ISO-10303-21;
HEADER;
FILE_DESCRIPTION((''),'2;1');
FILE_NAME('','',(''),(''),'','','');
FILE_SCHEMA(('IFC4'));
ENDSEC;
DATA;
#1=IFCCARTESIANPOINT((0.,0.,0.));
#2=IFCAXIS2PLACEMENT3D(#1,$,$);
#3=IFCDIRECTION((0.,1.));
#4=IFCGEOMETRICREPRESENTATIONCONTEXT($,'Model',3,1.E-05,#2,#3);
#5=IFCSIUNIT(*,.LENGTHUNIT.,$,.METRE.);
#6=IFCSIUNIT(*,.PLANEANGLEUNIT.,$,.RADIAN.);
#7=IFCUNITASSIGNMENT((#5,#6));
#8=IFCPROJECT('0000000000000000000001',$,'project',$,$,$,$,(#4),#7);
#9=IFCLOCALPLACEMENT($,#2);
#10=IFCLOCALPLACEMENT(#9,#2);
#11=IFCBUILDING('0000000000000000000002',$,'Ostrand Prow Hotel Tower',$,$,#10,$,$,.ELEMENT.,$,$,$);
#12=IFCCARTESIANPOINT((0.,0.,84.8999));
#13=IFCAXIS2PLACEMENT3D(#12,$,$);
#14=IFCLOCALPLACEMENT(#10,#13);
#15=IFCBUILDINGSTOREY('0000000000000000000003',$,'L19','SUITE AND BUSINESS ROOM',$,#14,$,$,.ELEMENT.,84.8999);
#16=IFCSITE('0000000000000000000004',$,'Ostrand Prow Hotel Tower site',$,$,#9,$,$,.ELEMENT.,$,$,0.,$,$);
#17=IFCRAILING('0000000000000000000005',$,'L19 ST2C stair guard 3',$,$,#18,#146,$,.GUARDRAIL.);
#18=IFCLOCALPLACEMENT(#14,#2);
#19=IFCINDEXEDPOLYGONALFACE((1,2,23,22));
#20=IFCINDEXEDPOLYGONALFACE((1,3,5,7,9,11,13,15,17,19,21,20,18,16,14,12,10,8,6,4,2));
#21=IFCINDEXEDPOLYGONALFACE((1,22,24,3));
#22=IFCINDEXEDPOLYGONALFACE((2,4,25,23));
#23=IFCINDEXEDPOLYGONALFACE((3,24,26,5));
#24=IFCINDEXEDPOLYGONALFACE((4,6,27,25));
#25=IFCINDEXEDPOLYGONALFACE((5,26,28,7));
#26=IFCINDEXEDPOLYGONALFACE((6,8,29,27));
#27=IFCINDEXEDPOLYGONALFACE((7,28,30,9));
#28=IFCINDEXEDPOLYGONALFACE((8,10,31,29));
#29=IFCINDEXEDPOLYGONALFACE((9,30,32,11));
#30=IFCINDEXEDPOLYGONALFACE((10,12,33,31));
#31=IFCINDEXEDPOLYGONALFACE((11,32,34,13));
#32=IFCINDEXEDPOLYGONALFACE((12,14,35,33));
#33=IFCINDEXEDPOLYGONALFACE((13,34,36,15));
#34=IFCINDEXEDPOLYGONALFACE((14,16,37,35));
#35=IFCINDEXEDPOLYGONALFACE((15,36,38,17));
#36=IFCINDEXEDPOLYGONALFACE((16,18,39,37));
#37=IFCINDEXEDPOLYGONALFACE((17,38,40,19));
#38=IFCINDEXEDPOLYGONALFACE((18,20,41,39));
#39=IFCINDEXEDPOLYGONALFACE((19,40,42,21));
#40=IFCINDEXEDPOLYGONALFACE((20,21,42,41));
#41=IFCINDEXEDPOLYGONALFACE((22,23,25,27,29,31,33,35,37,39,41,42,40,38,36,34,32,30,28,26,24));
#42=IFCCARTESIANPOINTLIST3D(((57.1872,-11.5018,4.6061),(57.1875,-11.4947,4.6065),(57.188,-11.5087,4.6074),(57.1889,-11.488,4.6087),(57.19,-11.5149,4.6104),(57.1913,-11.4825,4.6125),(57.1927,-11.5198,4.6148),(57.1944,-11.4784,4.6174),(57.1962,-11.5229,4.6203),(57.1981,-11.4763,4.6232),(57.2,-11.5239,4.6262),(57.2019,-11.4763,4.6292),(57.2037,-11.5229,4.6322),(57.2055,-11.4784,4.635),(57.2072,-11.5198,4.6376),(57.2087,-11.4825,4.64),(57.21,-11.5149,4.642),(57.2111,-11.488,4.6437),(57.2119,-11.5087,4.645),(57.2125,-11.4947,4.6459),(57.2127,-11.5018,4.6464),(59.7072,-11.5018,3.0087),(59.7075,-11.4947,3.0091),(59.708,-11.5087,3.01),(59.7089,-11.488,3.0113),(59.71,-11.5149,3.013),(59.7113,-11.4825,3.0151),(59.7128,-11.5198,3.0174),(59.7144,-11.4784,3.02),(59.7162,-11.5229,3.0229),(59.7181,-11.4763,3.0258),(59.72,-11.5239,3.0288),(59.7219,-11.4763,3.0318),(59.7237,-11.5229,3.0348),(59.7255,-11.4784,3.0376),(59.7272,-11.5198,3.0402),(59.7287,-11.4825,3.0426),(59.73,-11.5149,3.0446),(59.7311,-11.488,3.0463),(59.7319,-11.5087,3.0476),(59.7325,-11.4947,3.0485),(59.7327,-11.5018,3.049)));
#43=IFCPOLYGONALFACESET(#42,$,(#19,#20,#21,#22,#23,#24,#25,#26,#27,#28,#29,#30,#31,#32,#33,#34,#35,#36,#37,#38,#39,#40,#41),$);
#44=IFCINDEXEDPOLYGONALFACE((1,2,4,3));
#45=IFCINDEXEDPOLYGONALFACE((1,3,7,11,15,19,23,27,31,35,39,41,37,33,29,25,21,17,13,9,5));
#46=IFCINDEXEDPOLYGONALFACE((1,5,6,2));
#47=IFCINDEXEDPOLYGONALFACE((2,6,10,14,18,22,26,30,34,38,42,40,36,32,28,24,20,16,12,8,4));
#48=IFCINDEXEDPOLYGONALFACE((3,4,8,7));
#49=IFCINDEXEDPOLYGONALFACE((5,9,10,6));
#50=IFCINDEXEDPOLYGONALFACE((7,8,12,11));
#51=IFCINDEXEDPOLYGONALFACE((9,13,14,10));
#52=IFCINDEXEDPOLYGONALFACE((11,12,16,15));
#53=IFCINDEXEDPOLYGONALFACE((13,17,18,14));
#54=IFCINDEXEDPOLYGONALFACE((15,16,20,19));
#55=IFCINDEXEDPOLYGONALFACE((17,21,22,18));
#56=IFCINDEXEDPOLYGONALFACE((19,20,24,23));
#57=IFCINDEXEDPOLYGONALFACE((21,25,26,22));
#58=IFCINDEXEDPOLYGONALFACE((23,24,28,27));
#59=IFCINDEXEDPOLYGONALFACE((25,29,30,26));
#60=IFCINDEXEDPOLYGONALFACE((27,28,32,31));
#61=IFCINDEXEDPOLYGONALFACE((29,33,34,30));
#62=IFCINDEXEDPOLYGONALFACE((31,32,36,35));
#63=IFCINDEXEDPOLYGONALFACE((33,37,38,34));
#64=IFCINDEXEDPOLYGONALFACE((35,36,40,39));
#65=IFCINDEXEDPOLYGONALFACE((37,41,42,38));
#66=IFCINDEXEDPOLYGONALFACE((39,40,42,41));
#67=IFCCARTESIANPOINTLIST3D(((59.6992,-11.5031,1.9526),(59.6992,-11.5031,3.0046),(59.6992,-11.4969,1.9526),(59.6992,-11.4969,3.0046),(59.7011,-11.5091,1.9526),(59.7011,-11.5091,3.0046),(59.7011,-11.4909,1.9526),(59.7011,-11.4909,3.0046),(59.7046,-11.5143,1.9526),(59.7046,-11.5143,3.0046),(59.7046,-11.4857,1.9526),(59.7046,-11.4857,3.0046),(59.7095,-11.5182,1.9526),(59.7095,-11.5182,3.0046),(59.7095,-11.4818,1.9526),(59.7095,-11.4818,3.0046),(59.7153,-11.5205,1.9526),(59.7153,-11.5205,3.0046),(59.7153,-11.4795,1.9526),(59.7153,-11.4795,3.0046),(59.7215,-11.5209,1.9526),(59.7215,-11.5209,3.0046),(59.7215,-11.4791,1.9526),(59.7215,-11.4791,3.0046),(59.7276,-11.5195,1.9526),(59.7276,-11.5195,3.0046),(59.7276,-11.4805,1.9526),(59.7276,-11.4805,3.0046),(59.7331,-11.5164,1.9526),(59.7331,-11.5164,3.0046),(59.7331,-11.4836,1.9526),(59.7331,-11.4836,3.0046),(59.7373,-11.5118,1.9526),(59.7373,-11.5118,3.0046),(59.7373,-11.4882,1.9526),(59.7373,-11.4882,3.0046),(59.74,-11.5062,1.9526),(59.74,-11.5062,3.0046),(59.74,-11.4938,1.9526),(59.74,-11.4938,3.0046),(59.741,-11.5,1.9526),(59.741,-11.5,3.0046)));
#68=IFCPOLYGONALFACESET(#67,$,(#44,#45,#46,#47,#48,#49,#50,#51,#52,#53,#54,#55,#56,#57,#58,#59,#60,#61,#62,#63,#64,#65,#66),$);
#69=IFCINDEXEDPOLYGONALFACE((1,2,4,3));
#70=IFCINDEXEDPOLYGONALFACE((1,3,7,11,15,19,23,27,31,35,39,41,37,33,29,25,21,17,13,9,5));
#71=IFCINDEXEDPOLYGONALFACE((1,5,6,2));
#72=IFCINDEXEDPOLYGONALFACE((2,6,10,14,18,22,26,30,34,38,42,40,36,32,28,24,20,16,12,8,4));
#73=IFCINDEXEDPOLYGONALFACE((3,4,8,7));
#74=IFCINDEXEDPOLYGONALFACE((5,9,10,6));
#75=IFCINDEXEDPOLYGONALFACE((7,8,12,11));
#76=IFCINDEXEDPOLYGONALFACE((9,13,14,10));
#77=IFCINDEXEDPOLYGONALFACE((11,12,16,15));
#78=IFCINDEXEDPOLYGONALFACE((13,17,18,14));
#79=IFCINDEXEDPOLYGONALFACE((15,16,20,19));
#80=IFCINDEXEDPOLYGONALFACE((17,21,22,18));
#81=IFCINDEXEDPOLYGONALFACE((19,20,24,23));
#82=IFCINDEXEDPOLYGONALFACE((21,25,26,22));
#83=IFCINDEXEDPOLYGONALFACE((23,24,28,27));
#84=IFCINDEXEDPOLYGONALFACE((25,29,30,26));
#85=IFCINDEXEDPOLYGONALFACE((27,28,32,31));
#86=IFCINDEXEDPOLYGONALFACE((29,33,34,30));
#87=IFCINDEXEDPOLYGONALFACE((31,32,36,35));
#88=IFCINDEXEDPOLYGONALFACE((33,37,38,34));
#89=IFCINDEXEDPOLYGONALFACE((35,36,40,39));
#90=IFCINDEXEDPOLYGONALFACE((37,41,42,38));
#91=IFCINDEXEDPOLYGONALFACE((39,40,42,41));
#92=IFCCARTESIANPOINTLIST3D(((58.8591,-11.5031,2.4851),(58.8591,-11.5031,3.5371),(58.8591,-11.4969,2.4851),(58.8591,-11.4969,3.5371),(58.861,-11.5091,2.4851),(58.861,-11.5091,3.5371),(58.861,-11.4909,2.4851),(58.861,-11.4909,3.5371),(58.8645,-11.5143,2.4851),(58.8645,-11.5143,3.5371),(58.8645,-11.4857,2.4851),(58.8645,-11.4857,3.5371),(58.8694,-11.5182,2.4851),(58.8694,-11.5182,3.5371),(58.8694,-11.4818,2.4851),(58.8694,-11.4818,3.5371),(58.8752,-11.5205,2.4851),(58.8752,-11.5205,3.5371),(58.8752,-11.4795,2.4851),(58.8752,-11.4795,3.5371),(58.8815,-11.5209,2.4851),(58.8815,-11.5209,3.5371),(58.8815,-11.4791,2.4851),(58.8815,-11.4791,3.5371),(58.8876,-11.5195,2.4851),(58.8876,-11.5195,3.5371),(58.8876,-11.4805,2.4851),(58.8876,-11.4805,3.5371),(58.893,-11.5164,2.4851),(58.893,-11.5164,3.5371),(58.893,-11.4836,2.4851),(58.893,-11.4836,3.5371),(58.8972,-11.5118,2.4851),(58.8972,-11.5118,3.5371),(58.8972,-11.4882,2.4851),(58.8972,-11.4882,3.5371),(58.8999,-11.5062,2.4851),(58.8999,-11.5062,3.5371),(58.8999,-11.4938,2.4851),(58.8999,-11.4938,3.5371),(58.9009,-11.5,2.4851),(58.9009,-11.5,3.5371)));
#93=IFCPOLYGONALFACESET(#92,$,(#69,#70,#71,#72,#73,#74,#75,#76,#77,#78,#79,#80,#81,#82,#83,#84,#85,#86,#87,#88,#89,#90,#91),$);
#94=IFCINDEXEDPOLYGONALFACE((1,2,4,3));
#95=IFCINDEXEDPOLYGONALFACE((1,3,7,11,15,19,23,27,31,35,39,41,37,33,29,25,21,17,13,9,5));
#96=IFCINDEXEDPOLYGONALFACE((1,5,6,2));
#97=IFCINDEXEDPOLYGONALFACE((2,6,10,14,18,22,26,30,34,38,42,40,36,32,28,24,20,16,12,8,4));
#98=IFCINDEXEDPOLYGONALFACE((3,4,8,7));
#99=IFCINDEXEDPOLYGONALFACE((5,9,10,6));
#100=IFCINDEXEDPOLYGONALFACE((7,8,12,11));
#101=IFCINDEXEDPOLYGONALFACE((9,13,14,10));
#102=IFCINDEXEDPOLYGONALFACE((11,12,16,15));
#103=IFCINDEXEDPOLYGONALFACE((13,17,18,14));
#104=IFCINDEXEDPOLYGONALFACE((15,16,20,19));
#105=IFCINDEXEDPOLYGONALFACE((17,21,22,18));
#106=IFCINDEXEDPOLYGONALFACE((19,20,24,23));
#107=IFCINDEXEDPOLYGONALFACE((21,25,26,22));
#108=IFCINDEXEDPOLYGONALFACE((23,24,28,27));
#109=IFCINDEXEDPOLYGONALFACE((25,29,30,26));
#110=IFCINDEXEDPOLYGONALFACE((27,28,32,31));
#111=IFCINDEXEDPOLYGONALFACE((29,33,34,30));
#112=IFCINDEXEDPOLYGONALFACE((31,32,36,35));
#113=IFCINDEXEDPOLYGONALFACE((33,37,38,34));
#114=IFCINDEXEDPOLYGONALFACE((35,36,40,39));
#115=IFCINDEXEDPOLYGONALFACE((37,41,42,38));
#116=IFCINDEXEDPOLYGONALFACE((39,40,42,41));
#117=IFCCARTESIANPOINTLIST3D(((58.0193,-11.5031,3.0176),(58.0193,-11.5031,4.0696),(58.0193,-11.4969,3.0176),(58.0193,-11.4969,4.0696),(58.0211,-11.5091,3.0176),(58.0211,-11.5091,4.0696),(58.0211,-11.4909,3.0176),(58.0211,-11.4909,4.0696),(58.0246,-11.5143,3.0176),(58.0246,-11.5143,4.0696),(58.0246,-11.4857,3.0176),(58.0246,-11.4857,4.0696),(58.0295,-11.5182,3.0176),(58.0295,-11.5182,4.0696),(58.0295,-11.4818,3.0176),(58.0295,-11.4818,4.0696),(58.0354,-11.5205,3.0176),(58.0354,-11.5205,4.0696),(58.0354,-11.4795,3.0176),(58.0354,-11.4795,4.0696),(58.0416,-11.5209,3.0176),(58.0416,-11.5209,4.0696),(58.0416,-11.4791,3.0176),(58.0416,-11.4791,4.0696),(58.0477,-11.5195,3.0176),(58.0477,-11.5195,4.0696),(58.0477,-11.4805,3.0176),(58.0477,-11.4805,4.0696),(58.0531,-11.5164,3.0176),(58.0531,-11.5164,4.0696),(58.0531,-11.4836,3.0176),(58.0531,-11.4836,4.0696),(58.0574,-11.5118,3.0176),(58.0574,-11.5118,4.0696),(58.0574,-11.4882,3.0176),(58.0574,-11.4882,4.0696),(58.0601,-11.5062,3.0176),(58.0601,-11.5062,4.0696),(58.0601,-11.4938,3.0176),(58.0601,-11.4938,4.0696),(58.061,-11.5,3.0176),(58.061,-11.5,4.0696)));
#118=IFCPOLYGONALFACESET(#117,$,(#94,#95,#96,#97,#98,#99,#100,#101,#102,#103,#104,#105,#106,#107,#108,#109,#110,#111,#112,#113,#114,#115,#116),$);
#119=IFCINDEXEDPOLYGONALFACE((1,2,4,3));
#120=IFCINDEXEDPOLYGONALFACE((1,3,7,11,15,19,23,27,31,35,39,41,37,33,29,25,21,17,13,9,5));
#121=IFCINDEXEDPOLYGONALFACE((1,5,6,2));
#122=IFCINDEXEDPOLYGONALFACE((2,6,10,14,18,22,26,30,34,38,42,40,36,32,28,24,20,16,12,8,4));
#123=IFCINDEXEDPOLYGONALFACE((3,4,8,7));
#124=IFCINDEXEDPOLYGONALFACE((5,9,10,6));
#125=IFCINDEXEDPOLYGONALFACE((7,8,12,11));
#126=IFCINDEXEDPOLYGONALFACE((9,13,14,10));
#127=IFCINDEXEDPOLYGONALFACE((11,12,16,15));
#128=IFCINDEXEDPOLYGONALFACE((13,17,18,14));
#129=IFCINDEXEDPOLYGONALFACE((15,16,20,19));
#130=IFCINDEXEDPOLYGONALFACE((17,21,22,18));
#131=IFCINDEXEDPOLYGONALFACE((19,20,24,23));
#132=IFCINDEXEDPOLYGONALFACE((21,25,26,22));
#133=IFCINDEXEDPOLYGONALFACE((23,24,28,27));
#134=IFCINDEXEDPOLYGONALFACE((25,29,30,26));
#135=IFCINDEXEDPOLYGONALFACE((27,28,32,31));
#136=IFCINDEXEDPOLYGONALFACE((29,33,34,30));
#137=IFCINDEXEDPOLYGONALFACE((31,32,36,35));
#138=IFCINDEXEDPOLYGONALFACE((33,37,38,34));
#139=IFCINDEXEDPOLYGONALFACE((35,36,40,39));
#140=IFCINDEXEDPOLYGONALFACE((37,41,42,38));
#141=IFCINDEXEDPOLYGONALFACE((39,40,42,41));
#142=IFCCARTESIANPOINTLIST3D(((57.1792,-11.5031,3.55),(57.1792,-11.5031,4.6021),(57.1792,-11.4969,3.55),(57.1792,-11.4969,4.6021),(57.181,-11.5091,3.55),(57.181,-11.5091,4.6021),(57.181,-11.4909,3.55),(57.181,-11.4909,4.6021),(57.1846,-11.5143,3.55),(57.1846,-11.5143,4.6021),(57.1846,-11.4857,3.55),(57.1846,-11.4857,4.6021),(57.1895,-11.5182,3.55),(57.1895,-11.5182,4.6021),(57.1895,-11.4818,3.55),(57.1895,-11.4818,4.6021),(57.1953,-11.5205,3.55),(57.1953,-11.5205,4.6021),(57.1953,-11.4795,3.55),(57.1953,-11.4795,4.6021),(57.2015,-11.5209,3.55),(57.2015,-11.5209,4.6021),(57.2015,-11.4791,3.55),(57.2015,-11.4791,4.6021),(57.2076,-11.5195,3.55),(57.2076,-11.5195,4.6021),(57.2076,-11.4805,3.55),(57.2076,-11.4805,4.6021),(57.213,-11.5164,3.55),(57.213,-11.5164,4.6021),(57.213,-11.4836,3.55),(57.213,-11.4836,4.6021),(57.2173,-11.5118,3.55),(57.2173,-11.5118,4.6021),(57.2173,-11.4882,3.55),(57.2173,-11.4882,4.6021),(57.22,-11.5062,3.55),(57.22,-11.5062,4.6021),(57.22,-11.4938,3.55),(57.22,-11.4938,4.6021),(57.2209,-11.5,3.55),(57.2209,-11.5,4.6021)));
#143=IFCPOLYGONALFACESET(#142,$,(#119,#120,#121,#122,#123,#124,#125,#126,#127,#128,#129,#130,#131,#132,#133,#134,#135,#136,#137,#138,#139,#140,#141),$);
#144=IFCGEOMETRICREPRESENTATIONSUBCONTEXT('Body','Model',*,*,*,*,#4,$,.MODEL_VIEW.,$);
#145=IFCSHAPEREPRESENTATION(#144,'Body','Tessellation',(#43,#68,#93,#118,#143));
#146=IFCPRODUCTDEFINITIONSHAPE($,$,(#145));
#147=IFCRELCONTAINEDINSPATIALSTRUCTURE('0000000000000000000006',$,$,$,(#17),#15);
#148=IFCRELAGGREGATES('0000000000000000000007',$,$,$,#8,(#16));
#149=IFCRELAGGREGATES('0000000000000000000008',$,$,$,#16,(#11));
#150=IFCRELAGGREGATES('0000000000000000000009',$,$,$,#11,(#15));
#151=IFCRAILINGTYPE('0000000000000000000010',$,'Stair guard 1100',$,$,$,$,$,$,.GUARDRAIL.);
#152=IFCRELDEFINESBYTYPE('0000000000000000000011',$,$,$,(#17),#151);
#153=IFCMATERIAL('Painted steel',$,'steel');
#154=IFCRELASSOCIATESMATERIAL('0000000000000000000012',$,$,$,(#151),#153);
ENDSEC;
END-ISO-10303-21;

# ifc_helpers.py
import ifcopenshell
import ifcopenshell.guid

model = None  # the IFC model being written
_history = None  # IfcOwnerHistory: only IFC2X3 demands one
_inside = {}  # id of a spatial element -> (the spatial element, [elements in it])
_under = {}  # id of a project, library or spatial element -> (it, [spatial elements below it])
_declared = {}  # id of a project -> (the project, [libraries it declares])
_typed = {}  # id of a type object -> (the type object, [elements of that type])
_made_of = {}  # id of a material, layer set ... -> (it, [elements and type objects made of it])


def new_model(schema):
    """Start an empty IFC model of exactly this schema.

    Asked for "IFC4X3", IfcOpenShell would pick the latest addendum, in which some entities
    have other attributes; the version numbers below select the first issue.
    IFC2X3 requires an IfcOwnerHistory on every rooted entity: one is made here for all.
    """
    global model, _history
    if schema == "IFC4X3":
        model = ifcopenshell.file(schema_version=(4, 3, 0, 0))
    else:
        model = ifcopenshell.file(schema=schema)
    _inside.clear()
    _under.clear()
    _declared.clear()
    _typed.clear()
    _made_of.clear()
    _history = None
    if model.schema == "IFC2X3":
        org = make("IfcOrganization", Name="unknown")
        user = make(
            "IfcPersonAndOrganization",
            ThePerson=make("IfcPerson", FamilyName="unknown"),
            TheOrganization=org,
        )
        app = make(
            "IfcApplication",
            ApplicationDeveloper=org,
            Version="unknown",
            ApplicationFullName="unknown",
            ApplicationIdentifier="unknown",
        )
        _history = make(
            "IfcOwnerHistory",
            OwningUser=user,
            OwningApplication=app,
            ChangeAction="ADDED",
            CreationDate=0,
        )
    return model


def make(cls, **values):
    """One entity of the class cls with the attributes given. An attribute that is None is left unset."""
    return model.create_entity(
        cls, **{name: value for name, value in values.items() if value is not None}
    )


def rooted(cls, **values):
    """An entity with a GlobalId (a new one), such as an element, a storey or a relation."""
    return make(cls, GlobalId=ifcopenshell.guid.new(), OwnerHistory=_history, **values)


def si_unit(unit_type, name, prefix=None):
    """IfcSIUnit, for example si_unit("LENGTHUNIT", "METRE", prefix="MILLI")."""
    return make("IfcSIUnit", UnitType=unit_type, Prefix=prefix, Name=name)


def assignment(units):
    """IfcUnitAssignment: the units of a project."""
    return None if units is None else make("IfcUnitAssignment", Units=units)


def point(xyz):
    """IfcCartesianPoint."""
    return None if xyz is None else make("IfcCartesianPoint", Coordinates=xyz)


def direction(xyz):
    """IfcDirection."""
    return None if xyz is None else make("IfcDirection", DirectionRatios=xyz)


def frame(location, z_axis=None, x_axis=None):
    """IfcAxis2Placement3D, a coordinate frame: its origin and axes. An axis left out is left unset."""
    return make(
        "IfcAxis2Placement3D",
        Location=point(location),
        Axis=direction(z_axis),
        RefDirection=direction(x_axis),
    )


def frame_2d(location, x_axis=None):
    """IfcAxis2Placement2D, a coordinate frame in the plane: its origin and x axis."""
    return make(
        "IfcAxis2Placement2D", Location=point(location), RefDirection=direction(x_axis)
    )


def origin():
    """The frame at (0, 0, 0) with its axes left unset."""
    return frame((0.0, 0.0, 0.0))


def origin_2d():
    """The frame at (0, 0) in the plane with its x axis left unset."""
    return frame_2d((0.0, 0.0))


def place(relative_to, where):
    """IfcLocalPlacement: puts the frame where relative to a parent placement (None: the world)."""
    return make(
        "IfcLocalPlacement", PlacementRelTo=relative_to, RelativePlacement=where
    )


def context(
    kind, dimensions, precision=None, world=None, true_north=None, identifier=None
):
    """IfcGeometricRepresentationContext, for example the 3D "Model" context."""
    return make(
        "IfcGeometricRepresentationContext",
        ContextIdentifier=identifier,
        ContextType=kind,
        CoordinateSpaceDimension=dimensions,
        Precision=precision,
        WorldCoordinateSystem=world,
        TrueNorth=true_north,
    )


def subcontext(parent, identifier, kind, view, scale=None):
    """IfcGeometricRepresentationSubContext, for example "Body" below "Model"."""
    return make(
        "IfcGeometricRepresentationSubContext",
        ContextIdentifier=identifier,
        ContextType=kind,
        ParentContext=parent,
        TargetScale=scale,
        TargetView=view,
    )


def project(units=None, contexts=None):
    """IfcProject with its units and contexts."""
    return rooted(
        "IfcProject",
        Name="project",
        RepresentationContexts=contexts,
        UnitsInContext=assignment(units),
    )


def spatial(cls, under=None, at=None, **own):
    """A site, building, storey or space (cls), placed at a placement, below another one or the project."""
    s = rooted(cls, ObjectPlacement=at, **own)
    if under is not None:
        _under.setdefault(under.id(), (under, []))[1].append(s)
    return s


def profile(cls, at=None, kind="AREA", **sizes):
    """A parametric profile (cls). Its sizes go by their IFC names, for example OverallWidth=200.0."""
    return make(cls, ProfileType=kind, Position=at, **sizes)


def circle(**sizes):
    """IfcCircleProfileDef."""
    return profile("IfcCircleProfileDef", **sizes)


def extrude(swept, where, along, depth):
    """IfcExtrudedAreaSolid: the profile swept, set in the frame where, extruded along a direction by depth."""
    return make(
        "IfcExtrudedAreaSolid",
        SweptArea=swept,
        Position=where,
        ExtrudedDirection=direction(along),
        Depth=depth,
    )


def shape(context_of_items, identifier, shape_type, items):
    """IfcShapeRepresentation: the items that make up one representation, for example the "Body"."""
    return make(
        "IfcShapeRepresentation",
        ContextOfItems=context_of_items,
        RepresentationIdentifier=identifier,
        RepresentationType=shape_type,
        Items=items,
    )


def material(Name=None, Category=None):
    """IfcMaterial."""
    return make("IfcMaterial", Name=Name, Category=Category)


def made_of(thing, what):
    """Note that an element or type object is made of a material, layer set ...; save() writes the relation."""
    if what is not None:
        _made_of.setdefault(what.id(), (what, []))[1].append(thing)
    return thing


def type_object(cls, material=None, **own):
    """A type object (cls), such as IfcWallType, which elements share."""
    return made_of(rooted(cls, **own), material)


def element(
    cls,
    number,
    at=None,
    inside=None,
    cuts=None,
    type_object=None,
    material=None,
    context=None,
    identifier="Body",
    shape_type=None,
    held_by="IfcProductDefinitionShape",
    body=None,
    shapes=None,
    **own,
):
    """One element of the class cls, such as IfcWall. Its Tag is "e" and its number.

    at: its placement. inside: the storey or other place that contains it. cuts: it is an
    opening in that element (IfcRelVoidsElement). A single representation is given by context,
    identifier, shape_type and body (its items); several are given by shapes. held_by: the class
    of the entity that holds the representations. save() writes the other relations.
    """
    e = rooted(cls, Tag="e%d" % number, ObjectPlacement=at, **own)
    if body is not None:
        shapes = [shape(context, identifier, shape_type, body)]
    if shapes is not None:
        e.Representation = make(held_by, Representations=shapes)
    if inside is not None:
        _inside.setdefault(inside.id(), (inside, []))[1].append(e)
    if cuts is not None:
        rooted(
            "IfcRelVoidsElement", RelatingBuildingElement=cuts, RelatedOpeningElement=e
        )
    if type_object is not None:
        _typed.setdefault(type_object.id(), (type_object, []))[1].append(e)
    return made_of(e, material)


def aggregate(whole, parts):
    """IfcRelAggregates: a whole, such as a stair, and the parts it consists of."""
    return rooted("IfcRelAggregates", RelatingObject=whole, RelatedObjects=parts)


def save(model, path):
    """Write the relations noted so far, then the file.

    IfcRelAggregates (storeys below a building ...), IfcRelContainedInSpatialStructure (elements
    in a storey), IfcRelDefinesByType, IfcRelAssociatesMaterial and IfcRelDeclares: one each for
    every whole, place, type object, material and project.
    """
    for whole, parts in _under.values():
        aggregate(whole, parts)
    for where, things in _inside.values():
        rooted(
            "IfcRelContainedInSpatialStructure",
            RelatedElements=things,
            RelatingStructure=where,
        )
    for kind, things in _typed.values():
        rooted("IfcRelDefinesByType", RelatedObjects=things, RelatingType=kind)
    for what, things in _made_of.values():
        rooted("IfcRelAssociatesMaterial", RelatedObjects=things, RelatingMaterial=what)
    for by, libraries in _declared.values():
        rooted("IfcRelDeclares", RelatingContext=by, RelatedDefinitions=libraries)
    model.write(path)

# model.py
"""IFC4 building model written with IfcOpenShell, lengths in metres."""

from ifc_helpers import new_model, si_unit, direction, frame, origin, origin_2d, place, context, subcontext, project, spatial, circle, extrude, material, type_object, element, save


model = new_model("IFC4")

# Units and contexts
model_context = context("Model", 3, precision=1e-05, world=origin(), true_north=direction((0.0, 1.0)))
body_context = subcontext(model_context, "Body", "Model", "MODEL_VIEW")
ifc_project = project(units=[si_unit("LENGTHUNIT", "METRE"), si_unit("PLANEANGLEUNIT", "RADIAN")], contexts=[model_context])

# Site, building, storey
site_placement = place(None, origin())
site = spatial("IfcSite", under=ifc_project, at=site_placement, Name="Ostrand Prow Hotel Tower site", CompositionType="ELEMENT", RefElevation=0.0)
building_placement = place(site_placement, origin())
building = spatial("IfcBuilding", under=site, at=building_placement, Name="Ostrand Prow Hotel Tower", CompositionType="ELEMENT")
storey_placement = place(building_placement, frame((0.0, 0.0, 84.8999)))
storey = spatial("IfcBuildingStorey", under=building, at=storey_placement, Name="L19", Description="SUITE AND BUSINESS ROOM", CompositionType="ELEMENT", Elevation=84.8999)

# Railing
ifc_material_1 = material(Name="Painted steel", Category="steel")
railing_type_1 = type_object("IfcRailingType", Name="Stair guard 1100", PredefinedType="GUARDRAIL", material=ifc_material_1)
railing_1_placement = place(storey_placement, frame((59.72, -11.5, 1.9526)))
element("IfcRailing", 1, at=railing_1_placement, inside=storey, type_object=railing_type_1, Name="L19 ST2C stair guard 3", PredefinedType="GUARDRAIL", context=body_context, shape_type="SweptSolid", body=[
    extrude(circle(Radius=0.0239, at=origin_2d()), frame((0.0, 0.0, 1.0762), z_axis=(-0.844607, 0.0, 0.535387), x_axis=(0.0, -1.0, 0.0)), (0.0, 0.0, 1.0), 2.9836),
    extrude(circle(Radius=0.021, at=origin_2d()), origin(), (0.0, 0.0, 1.0), 1.052),
    extrude(circle(Radius=0.021, at=origin_2d()), frame((-0.8401, 0.0, 0.5325)), (0.0, 0.0, 1.0), 1.052),
    extrude(circle(Radius=0.021, at=origin_2d()), frame((-1.6799, 0.0, 1.0649)), (0.0, 0.0, 1.0), 1.052),
    extrude(circle(Radius=0.021, at=origin_2d()), frame((-2.52, 0.0, 1.5974)), (0.0, 0.0, 1.0), 1.052),
])

save(model, "model.ifc")
